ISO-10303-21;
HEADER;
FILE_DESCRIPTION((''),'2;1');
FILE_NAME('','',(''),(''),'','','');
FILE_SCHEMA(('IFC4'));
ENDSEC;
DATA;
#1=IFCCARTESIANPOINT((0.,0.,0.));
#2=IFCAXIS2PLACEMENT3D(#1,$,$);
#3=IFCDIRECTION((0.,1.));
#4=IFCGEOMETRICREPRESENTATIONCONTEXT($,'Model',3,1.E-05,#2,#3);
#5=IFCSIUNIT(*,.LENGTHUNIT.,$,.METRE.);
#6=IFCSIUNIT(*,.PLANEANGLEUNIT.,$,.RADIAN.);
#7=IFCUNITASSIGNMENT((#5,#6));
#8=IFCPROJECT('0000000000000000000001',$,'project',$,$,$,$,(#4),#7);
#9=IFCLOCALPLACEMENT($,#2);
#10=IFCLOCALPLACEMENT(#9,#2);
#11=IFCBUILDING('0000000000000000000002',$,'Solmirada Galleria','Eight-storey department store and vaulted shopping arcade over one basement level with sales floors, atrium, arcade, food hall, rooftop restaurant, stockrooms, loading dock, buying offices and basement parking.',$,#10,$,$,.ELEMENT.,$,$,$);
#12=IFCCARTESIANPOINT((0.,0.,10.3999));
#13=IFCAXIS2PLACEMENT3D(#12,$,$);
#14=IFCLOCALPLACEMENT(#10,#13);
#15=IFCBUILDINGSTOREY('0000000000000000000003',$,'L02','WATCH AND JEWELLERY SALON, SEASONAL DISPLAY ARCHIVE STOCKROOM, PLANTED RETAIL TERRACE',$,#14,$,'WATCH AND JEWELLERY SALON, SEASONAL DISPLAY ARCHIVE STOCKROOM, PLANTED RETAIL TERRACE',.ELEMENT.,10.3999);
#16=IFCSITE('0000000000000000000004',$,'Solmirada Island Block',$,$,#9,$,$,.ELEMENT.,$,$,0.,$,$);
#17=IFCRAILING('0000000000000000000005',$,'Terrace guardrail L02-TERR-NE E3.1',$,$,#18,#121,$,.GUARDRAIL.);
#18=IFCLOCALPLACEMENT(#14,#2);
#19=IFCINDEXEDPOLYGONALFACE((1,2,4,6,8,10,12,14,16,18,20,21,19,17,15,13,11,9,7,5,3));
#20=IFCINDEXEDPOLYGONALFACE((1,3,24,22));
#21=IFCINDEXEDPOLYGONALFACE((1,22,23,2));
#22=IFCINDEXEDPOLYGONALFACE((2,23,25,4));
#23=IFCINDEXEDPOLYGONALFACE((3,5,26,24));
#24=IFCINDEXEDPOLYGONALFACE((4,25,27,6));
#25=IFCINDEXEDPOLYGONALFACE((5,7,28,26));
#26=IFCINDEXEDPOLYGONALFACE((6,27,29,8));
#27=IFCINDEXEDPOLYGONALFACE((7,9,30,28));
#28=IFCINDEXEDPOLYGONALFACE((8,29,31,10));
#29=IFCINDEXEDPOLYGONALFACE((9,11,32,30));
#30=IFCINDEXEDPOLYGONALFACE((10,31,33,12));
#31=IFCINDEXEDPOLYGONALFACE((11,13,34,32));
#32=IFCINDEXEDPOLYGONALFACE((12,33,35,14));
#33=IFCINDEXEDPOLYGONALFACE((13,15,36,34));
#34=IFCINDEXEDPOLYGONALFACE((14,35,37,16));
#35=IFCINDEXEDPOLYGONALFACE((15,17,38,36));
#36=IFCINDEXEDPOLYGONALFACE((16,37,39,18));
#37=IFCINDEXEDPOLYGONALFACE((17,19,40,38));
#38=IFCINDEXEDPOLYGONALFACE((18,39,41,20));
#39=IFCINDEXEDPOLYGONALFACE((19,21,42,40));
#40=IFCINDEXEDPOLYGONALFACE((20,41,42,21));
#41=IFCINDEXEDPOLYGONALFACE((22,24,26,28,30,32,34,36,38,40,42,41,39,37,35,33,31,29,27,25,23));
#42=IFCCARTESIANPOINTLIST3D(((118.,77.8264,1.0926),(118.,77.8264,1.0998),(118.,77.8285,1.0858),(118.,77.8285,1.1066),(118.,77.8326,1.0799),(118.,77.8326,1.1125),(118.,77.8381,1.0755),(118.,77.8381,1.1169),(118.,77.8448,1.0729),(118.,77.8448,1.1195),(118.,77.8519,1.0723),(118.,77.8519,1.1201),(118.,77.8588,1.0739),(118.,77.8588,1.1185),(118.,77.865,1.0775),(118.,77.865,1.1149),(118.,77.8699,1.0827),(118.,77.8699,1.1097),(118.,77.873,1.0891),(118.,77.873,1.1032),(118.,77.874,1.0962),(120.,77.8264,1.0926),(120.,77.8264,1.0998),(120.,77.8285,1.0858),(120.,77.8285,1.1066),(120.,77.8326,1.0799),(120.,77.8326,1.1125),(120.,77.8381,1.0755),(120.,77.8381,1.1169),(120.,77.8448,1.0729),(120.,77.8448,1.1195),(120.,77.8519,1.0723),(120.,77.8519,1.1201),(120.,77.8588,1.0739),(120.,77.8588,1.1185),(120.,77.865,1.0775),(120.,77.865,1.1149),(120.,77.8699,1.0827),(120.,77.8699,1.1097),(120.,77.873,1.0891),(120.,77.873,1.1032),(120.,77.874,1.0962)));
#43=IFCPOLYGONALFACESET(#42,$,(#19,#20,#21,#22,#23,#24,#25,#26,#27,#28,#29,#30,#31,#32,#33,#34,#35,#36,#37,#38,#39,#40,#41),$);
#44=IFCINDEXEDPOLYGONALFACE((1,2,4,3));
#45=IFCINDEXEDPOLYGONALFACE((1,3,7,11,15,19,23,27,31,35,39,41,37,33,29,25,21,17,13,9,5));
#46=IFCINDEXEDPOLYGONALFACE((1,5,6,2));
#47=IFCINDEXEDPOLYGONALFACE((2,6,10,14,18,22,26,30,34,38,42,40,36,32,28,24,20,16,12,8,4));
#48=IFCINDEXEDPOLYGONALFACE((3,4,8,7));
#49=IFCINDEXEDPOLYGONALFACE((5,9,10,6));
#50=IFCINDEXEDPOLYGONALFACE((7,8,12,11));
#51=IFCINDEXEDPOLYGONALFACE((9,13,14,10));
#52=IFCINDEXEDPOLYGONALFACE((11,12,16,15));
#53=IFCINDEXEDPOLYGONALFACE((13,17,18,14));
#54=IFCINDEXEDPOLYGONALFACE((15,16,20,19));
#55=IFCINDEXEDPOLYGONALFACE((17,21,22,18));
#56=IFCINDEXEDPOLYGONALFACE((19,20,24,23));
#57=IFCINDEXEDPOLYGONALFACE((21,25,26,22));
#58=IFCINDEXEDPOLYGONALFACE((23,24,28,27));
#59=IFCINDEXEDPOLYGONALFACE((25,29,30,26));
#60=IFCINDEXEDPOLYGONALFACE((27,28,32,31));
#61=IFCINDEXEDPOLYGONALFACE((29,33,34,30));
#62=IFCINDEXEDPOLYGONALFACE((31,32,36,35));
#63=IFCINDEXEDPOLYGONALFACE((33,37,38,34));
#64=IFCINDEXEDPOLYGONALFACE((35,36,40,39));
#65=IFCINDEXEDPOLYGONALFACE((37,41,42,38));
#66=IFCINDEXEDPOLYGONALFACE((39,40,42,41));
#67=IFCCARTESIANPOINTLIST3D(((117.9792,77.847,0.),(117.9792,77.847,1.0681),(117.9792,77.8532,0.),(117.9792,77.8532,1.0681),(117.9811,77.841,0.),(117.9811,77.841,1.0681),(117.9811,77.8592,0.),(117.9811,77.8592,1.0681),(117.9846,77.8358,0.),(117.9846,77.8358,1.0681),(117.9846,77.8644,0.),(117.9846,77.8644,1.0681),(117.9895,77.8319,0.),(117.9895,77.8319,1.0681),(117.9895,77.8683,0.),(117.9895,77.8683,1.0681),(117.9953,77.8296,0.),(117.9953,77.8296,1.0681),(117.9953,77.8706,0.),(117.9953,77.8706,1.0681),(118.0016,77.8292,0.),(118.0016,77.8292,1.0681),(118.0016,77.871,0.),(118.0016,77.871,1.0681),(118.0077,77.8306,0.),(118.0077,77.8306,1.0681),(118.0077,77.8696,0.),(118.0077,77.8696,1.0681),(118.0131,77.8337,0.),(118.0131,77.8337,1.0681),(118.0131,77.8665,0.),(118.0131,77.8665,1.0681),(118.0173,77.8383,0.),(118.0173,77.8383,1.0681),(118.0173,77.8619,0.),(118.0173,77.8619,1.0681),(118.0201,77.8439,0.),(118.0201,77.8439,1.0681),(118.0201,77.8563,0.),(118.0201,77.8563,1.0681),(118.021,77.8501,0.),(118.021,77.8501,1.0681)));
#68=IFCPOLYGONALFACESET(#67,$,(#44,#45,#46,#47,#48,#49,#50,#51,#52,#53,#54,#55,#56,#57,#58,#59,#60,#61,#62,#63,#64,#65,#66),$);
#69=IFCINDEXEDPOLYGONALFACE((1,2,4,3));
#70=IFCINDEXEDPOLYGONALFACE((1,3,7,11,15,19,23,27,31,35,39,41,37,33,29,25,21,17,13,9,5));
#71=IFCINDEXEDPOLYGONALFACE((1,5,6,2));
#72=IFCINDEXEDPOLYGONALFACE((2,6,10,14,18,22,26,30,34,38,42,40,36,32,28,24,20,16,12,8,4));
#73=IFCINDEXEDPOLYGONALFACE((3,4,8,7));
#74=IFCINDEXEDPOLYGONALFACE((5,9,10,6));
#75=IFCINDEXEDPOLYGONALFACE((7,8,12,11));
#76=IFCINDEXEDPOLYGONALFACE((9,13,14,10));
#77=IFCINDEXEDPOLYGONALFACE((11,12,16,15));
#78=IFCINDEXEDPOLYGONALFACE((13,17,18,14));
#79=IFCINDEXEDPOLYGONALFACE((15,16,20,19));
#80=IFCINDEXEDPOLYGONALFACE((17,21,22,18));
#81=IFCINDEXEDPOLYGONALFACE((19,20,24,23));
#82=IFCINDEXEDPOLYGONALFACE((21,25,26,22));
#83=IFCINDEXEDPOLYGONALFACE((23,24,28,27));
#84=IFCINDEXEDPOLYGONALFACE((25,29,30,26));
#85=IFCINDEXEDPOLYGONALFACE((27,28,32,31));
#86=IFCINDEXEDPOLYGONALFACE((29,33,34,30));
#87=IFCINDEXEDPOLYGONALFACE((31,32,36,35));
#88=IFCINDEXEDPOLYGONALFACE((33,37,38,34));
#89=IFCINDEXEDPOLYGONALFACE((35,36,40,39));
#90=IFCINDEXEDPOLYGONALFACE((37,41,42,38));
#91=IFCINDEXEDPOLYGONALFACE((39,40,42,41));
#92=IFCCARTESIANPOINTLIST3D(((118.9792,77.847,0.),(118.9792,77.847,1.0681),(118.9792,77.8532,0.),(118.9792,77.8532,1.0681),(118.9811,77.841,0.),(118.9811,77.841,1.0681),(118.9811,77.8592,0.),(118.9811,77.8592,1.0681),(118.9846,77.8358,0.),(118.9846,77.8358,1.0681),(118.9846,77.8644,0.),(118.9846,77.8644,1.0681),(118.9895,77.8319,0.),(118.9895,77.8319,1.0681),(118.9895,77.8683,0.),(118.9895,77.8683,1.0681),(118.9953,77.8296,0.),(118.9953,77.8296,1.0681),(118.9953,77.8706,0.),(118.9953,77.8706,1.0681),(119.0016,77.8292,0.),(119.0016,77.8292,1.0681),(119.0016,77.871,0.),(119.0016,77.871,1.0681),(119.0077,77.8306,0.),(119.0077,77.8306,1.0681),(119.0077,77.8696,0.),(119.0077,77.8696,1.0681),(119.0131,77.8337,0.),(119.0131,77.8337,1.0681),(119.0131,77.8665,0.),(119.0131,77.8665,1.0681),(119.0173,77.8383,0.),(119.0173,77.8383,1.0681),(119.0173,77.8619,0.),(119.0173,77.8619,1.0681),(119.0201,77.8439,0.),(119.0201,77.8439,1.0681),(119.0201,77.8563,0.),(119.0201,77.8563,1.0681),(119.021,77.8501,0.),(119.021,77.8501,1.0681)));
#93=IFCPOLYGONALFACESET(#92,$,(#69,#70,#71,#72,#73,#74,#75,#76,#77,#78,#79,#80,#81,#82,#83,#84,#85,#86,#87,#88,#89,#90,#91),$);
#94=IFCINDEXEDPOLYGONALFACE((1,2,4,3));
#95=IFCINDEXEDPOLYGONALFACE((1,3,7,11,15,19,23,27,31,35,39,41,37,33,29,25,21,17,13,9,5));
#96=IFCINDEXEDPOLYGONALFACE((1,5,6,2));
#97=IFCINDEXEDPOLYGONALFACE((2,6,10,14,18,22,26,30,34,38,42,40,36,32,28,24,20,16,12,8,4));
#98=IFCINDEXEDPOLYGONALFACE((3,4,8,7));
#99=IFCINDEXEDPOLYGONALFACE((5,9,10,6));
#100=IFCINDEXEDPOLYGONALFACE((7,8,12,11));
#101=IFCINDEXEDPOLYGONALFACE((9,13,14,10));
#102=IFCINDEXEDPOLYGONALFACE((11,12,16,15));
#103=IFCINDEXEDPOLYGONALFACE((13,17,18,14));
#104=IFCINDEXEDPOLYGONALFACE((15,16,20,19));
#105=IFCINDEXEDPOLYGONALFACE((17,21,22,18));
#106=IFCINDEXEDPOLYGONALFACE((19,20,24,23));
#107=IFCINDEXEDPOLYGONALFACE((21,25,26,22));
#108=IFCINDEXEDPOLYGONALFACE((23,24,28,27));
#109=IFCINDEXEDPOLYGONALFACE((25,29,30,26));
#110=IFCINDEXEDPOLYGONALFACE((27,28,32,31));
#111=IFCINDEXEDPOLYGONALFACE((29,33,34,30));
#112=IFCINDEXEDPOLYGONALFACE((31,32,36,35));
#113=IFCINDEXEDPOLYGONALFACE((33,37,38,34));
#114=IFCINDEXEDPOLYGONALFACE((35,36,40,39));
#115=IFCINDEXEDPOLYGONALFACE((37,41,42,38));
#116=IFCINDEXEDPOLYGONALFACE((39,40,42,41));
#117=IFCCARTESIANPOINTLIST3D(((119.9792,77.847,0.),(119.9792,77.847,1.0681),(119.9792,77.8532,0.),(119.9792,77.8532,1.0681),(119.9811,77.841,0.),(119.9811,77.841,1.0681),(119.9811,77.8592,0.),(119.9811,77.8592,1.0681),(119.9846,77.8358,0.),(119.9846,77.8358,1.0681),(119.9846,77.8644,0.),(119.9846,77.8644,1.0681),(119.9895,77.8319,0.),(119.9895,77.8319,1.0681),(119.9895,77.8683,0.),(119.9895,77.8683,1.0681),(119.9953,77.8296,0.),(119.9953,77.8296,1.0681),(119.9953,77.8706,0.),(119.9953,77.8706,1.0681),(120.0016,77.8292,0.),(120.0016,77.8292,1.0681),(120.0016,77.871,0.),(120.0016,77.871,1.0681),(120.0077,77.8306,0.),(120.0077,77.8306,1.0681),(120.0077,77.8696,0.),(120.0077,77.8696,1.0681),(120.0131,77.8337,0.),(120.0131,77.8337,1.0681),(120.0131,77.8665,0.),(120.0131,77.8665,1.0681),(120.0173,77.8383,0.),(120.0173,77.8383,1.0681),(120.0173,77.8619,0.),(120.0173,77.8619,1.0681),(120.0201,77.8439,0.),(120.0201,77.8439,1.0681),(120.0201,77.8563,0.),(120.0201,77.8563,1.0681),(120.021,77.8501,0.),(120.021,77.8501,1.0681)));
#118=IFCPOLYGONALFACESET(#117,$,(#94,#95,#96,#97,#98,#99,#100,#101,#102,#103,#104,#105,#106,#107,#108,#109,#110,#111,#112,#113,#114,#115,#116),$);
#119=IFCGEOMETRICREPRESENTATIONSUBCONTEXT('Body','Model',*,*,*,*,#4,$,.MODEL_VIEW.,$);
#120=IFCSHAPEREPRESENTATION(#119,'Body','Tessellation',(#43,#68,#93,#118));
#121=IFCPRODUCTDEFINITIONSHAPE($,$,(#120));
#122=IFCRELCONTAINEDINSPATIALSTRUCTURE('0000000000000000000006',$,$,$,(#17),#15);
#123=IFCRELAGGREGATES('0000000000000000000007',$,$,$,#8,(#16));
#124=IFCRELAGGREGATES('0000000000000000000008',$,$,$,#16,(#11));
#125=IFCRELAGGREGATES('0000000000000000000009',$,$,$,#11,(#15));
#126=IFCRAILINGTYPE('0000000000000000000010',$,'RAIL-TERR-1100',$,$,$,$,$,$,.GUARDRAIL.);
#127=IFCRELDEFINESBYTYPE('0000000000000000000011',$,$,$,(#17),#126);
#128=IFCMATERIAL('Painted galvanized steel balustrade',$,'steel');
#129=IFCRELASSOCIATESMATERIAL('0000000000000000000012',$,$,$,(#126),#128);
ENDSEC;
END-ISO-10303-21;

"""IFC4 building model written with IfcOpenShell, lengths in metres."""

from ifc_helpers import new_model, si_unit, direction, frame, origin, origin_2d, place, context, subcontext, project, spatial, circle, extrude, material, type_object, element, save


model = new_model("IFC4")

# Units and contexts
model_context = context("Model", 3, precision=1e-05, world=origin(), true_north=direction((0.0, 1.0)))
body_context = subcontext(model_context, "Body", "Model", "MODEL_VIEW")
ifc_project = project(units=[si_unit("LENGTHUNIT", "METRE"), si_unit("PLANEANGLEUNIT", "RADIAN")], contexts=[model_context])

# Site, building, storey
site_placement = place(None, origin())
site = spatial("IfcSite", under=ifc_project, at=site_placement, Name="Solmirada Island Block", CompositionType="ELEMENT", RefElevation=0.0)
building_placement = place(site_placement, origin())
building = spatial("IfcBuilding", under=site, at=building_placement, Name="Solmirada Galleria", Description="Eight-storey department store and vaulted shopping arcade over one basement level with sales floors, atrium, arcade, food hall, rooftop restaurant, stockrooms, loading dock, buying offices and basement parking.", CompositionType="ELEMENT")
storey_placement = place(building_placement, frame((0.0, 0.0, 10.3999)))
storey = spatial("IfcBuildingStorey", under=building, at=storey_placement, Name="L02", Description="WATCH AND JEWELLERY SALON, SEASONAL DISPLAY ARCHIVE STOCKROOM, PLANTED RETAIL TERRACE", LongName="WATCH AND JEWELLERY SALON, SEASONAL DISPLAY ARCHIVE STOCKROOM, PLANTED RETAIL TERRACE", CompositionType="ELEMENT", Elevation=10.3999)

# Railing
ifc_material_1 = material(Name="Painted galvanized steel balustrade", Category="steel")
railing_type = type_object("IfcRailingType", Name="RAIL-TERR-1100", PredefinedType="GUARDRAIL", material=ifc_material_1)
railing_1_placement = place(storey_placement, frame((118.0, 77.8501, 0.0)))
element("IfcRailing", 1, at=railing_1_placement, inside=storey, type_object=railing_type, Name="Terrace guardrail L02-TERR-NE E3.1", PredefinedType="GUARDRAIL", context=body_context, shape_type="SweptSolid", body=[
    extrude(circle(Radius=0.0239, at=origin_2d()), frame((0.0, 0.0, 1.0962), z_axis=(1.0, 0.0, 0.0), x_axis=(0.0, 1.0, 0.0)), (0.0, 0.0, 1.0), 2.0),
    extrude(circle(Radius=0.021, at=origin_2d()), origin(), (0.0, 0.0, 1.0), 1.0681),
    extrude(circle(Radius=0.021, at=origin_2d()), frame((1.0, 0.0, 0.0)), (0.0, 0.0, 1.0), 1.0681),
    extrude(circle(Radius=0.021, at=origin_2d()), frame((2.0, 0.0, 0.0)), (0.0, 0.0, 1.0), 1.0681),
])

save(model, "model.ifc")
